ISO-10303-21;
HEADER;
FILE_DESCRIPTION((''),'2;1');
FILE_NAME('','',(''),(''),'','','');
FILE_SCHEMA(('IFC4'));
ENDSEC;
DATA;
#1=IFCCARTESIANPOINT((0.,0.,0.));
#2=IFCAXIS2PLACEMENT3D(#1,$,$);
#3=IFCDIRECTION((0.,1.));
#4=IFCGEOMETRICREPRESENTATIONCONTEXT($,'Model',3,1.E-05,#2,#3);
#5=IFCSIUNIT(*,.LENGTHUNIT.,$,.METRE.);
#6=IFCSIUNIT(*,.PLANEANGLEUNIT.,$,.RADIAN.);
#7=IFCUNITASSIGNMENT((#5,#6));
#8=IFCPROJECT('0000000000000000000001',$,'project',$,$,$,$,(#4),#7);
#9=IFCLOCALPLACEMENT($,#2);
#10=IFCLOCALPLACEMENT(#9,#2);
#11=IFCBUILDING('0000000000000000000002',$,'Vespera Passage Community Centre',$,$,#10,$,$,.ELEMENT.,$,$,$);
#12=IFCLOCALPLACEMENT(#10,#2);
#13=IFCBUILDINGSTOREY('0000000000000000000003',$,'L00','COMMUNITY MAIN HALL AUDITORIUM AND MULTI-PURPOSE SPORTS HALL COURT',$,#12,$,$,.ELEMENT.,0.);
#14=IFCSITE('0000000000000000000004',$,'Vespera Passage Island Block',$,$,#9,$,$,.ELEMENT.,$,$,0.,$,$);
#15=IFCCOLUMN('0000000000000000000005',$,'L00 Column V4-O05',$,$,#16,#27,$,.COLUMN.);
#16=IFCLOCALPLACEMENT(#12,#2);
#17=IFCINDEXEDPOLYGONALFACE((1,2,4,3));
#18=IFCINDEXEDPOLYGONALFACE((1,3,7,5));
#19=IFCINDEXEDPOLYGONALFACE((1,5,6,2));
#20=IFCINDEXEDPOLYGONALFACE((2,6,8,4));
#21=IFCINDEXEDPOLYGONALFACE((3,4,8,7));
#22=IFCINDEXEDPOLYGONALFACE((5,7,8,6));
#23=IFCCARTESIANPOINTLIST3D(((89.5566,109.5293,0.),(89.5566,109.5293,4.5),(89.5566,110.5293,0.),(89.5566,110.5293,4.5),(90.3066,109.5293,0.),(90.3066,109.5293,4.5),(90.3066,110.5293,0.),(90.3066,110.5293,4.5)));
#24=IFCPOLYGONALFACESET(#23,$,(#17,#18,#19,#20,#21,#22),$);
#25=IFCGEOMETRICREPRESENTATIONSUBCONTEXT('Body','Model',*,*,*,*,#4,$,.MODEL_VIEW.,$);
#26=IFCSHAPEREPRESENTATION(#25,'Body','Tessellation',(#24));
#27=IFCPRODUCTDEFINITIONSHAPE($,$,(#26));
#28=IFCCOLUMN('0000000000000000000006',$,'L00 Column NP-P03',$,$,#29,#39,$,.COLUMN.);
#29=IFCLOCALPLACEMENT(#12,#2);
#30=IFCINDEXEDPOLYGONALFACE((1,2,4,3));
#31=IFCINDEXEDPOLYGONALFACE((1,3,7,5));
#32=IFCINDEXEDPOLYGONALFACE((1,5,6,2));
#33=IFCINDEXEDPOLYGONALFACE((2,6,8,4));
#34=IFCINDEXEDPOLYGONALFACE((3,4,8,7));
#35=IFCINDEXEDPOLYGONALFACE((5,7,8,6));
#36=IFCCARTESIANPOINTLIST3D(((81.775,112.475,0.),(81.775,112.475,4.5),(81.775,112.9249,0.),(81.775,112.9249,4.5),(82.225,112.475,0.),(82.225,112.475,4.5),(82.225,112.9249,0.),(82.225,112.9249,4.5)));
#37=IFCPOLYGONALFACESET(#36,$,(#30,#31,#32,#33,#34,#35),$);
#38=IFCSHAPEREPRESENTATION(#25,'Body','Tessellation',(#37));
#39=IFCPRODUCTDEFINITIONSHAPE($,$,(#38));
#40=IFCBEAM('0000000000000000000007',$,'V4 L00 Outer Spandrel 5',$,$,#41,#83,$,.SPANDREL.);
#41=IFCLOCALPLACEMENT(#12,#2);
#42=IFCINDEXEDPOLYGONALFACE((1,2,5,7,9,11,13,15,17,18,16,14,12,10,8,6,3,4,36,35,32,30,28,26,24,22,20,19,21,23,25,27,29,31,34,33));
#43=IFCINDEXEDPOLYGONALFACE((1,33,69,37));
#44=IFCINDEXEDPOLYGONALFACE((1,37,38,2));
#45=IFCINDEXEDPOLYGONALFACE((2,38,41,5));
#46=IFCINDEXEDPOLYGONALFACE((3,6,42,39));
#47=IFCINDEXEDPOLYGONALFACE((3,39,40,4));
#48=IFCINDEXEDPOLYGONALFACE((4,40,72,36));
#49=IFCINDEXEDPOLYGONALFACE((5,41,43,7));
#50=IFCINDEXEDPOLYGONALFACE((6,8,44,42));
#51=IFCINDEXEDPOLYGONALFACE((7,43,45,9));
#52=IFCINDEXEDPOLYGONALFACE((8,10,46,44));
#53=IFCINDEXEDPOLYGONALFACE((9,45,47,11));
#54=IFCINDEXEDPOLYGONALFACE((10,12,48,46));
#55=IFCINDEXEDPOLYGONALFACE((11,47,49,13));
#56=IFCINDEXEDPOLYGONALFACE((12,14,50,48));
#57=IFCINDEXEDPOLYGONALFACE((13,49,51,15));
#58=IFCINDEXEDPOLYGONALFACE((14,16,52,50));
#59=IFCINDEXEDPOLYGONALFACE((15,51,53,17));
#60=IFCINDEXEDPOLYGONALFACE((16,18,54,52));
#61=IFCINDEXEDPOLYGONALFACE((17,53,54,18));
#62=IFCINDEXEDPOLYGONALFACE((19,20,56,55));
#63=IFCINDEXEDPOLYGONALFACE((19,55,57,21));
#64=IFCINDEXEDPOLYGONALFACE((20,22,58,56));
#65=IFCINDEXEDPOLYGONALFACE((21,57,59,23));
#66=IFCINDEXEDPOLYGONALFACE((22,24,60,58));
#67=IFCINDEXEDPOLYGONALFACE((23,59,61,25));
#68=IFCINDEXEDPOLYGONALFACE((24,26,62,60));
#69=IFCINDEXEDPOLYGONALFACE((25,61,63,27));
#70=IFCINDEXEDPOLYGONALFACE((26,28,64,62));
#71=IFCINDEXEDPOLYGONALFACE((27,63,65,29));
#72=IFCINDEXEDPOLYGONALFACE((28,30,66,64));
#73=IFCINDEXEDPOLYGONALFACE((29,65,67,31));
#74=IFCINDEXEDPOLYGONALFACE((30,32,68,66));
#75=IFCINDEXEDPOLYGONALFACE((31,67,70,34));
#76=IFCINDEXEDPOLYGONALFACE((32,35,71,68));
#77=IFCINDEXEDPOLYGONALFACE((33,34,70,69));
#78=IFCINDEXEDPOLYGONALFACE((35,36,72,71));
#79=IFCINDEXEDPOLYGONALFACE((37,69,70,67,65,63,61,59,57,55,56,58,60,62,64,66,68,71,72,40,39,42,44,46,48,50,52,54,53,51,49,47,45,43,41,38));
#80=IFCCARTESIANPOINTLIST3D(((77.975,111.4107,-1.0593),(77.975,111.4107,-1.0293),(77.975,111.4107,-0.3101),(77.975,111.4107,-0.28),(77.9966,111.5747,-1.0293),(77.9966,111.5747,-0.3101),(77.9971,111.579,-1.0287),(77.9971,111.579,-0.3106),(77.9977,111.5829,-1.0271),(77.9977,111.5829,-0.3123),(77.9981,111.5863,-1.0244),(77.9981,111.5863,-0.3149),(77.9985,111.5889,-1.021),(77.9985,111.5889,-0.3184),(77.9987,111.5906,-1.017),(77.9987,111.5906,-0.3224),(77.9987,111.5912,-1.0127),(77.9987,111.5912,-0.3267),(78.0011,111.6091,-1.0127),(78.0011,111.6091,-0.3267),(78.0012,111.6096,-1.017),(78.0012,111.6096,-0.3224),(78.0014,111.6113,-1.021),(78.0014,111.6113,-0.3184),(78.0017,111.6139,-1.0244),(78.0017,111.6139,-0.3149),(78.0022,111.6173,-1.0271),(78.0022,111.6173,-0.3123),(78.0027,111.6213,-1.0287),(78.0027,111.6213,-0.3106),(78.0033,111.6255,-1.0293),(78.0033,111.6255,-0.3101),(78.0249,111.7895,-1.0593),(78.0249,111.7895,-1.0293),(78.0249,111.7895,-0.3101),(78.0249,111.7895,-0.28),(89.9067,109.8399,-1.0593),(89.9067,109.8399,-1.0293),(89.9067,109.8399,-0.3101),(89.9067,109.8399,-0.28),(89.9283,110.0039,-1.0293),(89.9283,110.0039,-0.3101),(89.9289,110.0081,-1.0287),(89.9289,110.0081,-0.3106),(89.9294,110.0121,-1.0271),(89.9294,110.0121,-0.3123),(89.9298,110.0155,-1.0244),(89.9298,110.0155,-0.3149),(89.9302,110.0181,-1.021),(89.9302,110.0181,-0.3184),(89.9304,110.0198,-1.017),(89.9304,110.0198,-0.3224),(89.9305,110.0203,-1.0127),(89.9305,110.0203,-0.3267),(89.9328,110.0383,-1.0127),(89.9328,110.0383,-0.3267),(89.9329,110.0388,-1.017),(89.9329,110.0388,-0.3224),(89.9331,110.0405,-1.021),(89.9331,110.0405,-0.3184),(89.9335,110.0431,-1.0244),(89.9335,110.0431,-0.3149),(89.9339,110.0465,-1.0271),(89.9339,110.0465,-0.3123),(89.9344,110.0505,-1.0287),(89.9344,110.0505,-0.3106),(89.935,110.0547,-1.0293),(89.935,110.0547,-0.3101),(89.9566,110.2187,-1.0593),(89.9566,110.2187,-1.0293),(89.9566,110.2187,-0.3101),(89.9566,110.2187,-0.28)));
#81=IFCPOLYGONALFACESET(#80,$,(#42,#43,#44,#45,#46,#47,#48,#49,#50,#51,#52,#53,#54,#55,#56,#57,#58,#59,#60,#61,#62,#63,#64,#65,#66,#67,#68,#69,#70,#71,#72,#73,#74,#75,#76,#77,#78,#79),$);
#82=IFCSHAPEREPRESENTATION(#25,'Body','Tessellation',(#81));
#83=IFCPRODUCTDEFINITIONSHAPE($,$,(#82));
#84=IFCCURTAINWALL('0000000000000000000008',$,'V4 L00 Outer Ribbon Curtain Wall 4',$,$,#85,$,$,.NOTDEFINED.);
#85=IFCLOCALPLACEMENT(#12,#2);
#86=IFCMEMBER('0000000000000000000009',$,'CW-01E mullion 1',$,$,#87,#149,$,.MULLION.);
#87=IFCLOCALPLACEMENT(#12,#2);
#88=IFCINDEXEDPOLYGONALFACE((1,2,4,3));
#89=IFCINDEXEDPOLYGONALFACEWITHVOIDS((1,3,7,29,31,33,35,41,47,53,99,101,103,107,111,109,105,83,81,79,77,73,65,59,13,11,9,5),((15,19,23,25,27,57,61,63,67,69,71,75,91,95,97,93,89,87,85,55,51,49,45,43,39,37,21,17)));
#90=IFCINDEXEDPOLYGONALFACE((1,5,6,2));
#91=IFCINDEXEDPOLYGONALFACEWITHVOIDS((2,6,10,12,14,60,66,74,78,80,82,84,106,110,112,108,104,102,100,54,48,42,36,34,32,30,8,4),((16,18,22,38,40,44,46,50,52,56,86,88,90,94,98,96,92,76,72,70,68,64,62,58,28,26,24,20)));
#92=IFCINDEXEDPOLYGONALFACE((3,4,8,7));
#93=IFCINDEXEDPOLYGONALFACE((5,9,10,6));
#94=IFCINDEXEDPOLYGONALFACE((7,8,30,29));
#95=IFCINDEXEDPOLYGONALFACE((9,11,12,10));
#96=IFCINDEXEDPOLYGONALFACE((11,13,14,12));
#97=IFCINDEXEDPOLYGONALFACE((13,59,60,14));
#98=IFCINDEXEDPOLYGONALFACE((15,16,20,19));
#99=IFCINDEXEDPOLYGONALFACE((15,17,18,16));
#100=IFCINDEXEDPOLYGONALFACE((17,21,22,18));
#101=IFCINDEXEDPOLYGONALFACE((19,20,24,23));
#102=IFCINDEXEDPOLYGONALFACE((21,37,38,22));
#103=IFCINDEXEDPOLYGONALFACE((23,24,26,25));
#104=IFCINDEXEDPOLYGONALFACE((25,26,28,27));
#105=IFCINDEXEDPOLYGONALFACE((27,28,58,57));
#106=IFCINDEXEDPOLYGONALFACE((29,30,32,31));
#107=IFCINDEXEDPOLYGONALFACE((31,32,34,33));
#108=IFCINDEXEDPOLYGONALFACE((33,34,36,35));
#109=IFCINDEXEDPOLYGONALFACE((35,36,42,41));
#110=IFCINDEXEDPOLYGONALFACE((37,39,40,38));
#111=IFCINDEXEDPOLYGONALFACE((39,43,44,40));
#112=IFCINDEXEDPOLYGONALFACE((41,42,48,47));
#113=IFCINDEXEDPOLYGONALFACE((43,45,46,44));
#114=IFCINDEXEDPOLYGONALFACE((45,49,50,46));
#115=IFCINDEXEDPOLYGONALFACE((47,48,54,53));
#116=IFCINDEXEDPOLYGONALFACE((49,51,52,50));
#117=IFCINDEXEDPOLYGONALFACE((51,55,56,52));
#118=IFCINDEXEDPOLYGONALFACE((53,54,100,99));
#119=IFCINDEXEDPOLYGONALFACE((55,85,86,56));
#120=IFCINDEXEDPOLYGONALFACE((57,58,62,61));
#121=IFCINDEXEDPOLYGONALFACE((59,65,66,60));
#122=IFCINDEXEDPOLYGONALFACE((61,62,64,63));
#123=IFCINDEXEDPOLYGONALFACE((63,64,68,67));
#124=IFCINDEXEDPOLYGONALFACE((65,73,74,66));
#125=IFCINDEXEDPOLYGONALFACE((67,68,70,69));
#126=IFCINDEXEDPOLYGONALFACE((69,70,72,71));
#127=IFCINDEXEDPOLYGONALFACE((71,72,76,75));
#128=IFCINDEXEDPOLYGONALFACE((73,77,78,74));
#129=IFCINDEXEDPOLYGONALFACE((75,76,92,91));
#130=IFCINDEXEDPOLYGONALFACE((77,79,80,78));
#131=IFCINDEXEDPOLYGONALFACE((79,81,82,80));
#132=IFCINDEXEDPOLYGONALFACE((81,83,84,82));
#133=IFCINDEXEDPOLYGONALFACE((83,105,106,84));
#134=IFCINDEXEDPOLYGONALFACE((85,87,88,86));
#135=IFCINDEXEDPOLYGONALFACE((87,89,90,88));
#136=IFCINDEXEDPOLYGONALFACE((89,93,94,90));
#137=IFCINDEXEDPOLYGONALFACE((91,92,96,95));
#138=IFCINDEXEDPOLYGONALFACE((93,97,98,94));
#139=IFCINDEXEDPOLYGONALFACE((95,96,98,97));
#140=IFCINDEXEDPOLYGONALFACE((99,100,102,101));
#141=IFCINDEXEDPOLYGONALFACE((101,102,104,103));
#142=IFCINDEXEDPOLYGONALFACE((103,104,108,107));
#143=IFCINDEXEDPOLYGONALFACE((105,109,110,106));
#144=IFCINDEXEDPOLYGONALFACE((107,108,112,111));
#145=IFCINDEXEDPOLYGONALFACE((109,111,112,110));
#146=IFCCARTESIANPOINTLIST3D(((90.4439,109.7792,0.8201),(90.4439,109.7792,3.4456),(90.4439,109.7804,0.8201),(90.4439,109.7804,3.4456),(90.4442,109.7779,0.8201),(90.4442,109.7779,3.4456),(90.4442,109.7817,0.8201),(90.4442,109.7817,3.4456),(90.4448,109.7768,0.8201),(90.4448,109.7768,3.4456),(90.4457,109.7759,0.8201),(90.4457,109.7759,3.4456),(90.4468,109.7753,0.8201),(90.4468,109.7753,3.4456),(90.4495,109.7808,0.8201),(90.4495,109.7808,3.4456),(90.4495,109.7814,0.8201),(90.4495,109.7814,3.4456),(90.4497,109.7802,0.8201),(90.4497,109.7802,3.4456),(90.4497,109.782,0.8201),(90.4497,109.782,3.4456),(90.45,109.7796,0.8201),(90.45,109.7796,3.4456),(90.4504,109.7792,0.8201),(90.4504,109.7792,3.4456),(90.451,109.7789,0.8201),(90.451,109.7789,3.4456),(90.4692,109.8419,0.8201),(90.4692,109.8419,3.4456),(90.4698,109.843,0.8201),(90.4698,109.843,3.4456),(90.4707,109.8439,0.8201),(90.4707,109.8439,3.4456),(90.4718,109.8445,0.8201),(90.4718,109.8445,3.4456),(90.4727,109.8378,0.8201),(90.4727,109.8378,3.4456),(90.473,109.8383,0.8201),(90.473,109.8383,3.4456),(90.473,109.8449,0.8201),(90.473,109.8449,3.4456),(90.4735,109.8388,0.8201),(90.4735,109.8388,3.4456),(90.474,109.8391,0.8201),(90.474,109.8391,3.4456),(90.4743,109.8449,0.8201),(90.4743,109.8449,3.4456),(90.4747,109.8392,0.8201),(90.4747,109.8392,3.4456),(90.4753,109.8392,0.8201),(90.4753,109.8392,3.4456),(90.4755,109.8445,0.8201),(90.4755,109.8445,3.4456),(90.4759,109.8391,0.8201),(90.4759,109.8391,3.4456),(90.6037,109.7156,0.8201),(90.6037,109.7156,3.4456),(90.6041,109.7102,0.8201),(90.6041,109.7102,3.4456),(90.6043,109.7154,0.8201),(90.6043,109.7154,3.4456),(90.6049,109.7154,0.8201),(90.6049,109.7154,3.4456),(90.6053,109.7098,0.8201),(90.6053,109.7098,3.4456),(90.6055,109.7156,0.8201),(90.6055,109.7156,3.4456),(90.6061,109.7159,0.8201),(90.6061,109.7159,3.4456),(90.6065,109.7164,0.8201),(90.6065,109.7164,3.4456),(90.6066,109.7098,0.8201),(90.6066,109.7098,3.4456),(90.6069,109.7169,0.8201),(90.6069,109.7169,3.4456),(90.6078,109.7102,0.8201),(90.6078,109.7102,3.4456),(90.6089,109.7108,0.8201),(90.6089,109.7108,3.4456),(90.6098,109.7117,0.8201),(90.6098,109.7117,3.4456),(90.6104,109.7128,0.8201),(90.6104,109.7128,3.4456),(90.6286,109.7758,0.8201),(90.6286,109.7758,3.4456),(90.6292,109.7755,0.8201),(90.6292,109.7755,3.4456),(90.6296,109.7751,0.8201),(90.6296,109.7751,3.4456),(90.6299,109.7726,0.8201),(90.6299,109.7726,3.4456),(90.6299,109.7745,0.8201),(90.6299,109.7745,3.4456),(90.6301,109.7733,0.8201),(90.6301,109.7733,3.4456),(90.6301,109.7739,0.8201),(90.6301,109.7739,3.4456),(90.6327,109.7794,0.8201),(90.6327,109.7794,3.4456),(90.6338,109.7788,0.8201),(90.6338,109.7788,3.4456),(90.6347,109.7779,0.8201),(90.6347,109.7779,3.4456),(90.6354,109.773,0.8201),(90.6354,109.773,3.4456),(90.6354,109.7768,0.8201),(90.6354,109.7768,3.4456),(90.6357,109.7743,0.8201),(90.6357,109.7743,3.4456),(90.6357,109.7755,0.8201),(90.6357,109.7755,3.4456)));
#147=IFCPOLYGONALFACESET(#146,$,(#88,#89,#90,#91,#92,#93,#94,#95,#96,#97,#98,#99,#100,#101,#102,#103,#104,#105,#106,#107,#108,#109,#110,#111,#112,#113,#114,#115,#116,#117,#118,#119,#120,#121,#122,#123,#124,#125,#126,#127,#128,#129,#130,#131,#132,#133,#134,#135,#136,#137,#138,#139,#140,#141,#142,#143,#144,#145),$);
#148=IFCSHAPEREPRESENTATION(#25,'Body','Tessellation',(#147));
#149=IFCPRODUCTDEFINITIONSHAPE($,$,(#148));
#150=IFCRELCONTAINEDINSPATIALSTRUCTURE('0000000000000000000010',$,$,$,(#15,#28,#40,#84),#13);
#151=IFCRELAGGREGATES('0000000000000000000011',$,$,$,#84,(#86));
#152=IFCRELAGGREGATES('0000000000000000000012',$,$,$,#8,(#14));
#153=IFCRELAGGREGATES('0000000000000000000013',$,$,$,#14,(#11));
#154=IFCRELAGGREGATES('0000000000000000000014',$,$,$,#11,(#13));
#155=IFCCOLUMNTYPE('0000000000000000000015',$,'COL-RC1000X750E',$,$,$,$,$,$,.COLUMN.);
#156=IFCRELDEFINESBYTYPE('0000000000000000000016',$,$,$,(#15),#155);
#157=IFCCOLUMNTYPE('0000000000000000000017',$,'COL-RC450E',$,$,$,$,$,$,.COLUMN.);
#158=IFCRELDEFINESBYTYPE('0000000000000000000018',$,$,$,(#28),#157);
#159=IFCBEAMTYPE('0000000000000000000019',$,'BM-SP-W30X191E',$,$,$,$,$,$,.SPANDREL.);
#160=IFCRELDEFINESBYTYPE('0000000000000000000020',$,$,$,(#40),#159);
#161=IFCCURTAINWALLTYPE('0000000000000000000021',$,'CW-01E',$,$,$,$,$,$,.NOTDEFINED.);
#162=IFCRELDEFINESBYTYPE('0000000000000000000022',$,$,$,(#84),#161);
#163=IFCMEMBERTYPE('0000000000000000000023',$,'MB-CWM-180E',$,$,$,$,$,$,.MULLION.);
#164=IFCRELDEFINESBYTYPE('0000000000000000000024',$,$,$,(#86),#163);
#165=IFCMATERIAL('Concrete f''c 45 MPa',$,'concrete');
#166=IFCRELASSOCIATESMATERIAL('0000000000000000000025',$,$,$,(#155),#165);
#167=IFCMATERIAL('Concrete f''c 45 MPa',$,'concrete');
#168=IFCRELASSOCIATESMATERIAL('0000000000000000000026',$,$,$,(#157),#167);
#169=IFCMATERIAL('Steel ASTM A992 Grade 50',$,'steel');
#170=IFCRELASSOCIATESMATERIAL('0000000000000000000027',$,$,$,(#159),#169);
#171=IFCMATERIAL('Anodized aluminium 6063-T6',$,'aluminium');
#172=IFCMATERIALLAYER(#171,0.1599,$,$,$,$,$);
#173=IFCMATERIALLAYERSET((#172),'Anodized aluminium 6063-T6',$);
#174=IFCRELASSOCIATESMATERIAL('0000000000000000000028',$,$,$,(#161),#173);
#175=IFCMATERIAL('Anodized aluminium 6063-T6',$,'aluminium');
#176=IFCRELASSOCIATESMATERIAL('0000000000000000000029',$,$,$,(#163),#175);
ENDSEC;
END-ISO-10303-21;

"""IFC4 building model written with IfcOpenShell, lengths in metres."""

from ifc_helpers import new_model, si_unit, direction, frame, origin, origin_2d, place, context, subcontext, project, spatial, rectangle, hollow_rectangle, i_section, extrude, material, layer, layer_set, material_profile, profile_set, type_object, element, aggregate, save


model = new_model("IFC4")

# Units and contexts
model_context = context("Model", 3, precision=1e-05, world=origin(), true_north=direction((0.0, 1.0)))
body_context = subcontext(model_context, "Body", "Model", "MODEL_VIEW")
ifc_project = project(units=[si_unit("LENGTHUNIT", "METRE"), si_unit("PLANEANGLEUNIT", "RADIAN")], contexts=[model_context])

# Site, building, storey
site_placement = place(None, origin())
site = spatial("IfcSite", under=ifc_project, at=site_placement, Name="Vespera Passage Island Block", CompositionType="ELEMENT", RefElevation=0.0)
building_placement = place(site_placement, origin())
building = spatial("IfcBuilding", under=site, at=building_placement, Name="Vespera Passage Community Centre", CompositionType="ELEMENT")
storey_placement = place(building_placement, origin())
storey = spatial("IfcBuildingStorey", under=building, at=storey_placement, Name="L00", Description="COMMUNITY MAIN HALL AUDITORIUM AND MULTI-PURPOSE SPORTS HALL COURT", CompositionType="ELEMENT", Elevation=0.0)

# Columns
ifc_material_1 = material(Name="Concrete f'c 45 MPa", Category="concrete")
ifc_material_profile_1 = material_profile(ifc_material_1, rectangle(XDim=0.75, YDim=1.0, at=origin_2d()), Name="RC1000X750")
ifc_profile_set_1 = profile_set([ifc_material_profile_1], Name="Concrete f'c 45 MPa")
column_type_1 = type_object("IfcColumnType", Name="COL-RC1000X750E", PredefinedType="COLUMN", material=ifc_profile_set_1)
column_1_placement = place(storey_placement, frame((89.9316, 110.0293, 0.0), z_axis=(0.0, 0.0, 1.0), x_axis=(1.0, 0.0, 0.0)))
element("IfcColumn", 1, at=column_1_placement, inside=storey, type_object=column_type_1, Name="L00 Column V4-O05", PredefinedType="COLUMN", context=body_context, shape_type="SweptSolid", body=[
    extrude(rectangle(XDim=0.75, YDim=1.0, at=origin_2d()), origin(), (0.0, 0.0, 1.0), 4.5),
])
ifc_material_2 = material(Name="Concrete f'c 45 MPa", Category="concrete")
ifc_material_profile_2 = material_profile(ifc_material_2, rectangle(XDim=0.45, YDim=0.45, at=origin_2d()), Name="RC450X450")
ifc_profile_set_2 = profile_set([ifc_material_profile_2], Name="Concrete f'c 45 MPa")
column_type_2 = type_object("IfcColumnType", Name="COL-RC450E", PredefinedType="COLUMN", material=ifc_profile_set_2)
column_2_placement = place(storey_placement, frame((82.0, 112.7, 0.0), z_axis=(0.0, 0.0, 1.0), x_axis=(1.0, 0.0, 0.0)))
element("IfcColumn", 2, at=column_2_placement, inside=storey, type_object=column_type_2, Name="L00 Column NP-P03", PredefinedType="COLUMN", context=body_context, shape_type="SweptSolid", body=[
    extrude(rectangle(XDim=0.45, YDim=0.45, at=origin_2d()), origin(), (0.0, 0.0, 1.0), 4.5),
])

# Beam
ifc_material_3 = material(Name="Steel ASTM A992 Grade 50", Category="steel")
ifc_material_profile_3 = material_profile(ifc_material_3, i_section(OverallWidth=0.3821, OverallDepth=0.7793, WebThickness=0.0181, FlangeThickness=0.03, FilletRadius=0.0166, at=origin_2d()), Name="W30X191")
ifc_profile_set_3 = profile_set([ifc_material_profile_3], Name="Steel ASTM A992 Grade 50")
beam_type = type_object("IfcBeamType", Name="BM-SP-W30X191E", PredefinedType="SPANDREL", material=ifc_profile_set_3)
beam_placement = place(storey_placement, frame((89.9316, 110.0293, -0.6697), z_axis=(-0.991445, 0.130524, 0.0), x_axis=(-0.130524, -0.991445, 0.0)))
element("IfcBeam", 3, at=beam_placement, inside=storey, type_object=beam_type, Name="V4 L00 Outer Spandrel 5", PredefinedType="SPANDREL", context=body_context, shape_type="SweptSolid", body=[
    extrude(i_section(OverallWidth=0.3821, OverallDepth=0.7793, WebThickness=0.0181, FlangeThickness=0.03, FilletRadius=0.0166, at=origin_2d()), origin(), (0.0, 0.0, 1.0), 12.0347),
])

# Curtain wall, member
ifc_material_4 = material(Name="Anodized aluminium 6063-T6", Category="aluminium")
ifc_layer_1 = layer(ifc_material_4, 0.1599)
ifc_layer_set_1 = layer_set([ifc_layer_1], Name="Anodized aluminium 6063-T6")
curtain_wall_type = type_object("IfcCurtainWallType", Name="CW-01E", PredefinedType="NOTDEFINED", material=ifc_layer_set_1)
curtain_wall_placement = place(storey_placement, origin())
curtain_wall = element("IfcCurtainWall", 4, at=curtain_wall_placement, inside=storey, type_object=curtain_wall_type, Name="V4 L00 Outer Ribbon Curtain Wall 4", PredefinedType="NOTDEFINED")
ifc_material_5 = material(Name="Anodized aluminium 6063-T6", Category="aluminium")
ifc_material_profile_4 = material_profile(ifc_material_5, hollow_rectangle(XDim=0.075, YDim=0.1799, WallThickness=0.0049, InnerFilletRadius=0.0024, OuterFilletRadius=0.0049, at=origin_2d()), Name="ALU180X75X5")
ifc_profile_set_4 = profile_set([ifc_material_profile_4], Name="Anodized aluminium 6063-T6")
member_type_1 = type_object("IfcMemberType", Name="MB-CWM-180E", PredefinedType="MULLION", material=ifc_profile_set_4)
member_1_placement = place(storey_placement, frame((90.5398, 109.7773, 0.8201), z_axis=(0.0, 0.0, 1.0), x_axis=(0.382683, 0.92388, 0.0)))
member_1 = element("IfcMember", 5, at=member_1_placement, type_object=member_type_1, Name="CW-01E mullion 1", PredefinedType="MULLION", context=body_context, shape_type="SweptSolid", body=[
    extrude(hollow_rectangle(XDim=0.075, YDim=0.1799, WallThickness=0.0049, InnerFilletRadius=0.0024, OuterFilletRadius=0.0049, at=origin_2d()), origin(), (0.0, 0.0, 1.0), 2.6255),
])
aggregate(curtain_wall, [member_1])

save(model, "model.ifc")
